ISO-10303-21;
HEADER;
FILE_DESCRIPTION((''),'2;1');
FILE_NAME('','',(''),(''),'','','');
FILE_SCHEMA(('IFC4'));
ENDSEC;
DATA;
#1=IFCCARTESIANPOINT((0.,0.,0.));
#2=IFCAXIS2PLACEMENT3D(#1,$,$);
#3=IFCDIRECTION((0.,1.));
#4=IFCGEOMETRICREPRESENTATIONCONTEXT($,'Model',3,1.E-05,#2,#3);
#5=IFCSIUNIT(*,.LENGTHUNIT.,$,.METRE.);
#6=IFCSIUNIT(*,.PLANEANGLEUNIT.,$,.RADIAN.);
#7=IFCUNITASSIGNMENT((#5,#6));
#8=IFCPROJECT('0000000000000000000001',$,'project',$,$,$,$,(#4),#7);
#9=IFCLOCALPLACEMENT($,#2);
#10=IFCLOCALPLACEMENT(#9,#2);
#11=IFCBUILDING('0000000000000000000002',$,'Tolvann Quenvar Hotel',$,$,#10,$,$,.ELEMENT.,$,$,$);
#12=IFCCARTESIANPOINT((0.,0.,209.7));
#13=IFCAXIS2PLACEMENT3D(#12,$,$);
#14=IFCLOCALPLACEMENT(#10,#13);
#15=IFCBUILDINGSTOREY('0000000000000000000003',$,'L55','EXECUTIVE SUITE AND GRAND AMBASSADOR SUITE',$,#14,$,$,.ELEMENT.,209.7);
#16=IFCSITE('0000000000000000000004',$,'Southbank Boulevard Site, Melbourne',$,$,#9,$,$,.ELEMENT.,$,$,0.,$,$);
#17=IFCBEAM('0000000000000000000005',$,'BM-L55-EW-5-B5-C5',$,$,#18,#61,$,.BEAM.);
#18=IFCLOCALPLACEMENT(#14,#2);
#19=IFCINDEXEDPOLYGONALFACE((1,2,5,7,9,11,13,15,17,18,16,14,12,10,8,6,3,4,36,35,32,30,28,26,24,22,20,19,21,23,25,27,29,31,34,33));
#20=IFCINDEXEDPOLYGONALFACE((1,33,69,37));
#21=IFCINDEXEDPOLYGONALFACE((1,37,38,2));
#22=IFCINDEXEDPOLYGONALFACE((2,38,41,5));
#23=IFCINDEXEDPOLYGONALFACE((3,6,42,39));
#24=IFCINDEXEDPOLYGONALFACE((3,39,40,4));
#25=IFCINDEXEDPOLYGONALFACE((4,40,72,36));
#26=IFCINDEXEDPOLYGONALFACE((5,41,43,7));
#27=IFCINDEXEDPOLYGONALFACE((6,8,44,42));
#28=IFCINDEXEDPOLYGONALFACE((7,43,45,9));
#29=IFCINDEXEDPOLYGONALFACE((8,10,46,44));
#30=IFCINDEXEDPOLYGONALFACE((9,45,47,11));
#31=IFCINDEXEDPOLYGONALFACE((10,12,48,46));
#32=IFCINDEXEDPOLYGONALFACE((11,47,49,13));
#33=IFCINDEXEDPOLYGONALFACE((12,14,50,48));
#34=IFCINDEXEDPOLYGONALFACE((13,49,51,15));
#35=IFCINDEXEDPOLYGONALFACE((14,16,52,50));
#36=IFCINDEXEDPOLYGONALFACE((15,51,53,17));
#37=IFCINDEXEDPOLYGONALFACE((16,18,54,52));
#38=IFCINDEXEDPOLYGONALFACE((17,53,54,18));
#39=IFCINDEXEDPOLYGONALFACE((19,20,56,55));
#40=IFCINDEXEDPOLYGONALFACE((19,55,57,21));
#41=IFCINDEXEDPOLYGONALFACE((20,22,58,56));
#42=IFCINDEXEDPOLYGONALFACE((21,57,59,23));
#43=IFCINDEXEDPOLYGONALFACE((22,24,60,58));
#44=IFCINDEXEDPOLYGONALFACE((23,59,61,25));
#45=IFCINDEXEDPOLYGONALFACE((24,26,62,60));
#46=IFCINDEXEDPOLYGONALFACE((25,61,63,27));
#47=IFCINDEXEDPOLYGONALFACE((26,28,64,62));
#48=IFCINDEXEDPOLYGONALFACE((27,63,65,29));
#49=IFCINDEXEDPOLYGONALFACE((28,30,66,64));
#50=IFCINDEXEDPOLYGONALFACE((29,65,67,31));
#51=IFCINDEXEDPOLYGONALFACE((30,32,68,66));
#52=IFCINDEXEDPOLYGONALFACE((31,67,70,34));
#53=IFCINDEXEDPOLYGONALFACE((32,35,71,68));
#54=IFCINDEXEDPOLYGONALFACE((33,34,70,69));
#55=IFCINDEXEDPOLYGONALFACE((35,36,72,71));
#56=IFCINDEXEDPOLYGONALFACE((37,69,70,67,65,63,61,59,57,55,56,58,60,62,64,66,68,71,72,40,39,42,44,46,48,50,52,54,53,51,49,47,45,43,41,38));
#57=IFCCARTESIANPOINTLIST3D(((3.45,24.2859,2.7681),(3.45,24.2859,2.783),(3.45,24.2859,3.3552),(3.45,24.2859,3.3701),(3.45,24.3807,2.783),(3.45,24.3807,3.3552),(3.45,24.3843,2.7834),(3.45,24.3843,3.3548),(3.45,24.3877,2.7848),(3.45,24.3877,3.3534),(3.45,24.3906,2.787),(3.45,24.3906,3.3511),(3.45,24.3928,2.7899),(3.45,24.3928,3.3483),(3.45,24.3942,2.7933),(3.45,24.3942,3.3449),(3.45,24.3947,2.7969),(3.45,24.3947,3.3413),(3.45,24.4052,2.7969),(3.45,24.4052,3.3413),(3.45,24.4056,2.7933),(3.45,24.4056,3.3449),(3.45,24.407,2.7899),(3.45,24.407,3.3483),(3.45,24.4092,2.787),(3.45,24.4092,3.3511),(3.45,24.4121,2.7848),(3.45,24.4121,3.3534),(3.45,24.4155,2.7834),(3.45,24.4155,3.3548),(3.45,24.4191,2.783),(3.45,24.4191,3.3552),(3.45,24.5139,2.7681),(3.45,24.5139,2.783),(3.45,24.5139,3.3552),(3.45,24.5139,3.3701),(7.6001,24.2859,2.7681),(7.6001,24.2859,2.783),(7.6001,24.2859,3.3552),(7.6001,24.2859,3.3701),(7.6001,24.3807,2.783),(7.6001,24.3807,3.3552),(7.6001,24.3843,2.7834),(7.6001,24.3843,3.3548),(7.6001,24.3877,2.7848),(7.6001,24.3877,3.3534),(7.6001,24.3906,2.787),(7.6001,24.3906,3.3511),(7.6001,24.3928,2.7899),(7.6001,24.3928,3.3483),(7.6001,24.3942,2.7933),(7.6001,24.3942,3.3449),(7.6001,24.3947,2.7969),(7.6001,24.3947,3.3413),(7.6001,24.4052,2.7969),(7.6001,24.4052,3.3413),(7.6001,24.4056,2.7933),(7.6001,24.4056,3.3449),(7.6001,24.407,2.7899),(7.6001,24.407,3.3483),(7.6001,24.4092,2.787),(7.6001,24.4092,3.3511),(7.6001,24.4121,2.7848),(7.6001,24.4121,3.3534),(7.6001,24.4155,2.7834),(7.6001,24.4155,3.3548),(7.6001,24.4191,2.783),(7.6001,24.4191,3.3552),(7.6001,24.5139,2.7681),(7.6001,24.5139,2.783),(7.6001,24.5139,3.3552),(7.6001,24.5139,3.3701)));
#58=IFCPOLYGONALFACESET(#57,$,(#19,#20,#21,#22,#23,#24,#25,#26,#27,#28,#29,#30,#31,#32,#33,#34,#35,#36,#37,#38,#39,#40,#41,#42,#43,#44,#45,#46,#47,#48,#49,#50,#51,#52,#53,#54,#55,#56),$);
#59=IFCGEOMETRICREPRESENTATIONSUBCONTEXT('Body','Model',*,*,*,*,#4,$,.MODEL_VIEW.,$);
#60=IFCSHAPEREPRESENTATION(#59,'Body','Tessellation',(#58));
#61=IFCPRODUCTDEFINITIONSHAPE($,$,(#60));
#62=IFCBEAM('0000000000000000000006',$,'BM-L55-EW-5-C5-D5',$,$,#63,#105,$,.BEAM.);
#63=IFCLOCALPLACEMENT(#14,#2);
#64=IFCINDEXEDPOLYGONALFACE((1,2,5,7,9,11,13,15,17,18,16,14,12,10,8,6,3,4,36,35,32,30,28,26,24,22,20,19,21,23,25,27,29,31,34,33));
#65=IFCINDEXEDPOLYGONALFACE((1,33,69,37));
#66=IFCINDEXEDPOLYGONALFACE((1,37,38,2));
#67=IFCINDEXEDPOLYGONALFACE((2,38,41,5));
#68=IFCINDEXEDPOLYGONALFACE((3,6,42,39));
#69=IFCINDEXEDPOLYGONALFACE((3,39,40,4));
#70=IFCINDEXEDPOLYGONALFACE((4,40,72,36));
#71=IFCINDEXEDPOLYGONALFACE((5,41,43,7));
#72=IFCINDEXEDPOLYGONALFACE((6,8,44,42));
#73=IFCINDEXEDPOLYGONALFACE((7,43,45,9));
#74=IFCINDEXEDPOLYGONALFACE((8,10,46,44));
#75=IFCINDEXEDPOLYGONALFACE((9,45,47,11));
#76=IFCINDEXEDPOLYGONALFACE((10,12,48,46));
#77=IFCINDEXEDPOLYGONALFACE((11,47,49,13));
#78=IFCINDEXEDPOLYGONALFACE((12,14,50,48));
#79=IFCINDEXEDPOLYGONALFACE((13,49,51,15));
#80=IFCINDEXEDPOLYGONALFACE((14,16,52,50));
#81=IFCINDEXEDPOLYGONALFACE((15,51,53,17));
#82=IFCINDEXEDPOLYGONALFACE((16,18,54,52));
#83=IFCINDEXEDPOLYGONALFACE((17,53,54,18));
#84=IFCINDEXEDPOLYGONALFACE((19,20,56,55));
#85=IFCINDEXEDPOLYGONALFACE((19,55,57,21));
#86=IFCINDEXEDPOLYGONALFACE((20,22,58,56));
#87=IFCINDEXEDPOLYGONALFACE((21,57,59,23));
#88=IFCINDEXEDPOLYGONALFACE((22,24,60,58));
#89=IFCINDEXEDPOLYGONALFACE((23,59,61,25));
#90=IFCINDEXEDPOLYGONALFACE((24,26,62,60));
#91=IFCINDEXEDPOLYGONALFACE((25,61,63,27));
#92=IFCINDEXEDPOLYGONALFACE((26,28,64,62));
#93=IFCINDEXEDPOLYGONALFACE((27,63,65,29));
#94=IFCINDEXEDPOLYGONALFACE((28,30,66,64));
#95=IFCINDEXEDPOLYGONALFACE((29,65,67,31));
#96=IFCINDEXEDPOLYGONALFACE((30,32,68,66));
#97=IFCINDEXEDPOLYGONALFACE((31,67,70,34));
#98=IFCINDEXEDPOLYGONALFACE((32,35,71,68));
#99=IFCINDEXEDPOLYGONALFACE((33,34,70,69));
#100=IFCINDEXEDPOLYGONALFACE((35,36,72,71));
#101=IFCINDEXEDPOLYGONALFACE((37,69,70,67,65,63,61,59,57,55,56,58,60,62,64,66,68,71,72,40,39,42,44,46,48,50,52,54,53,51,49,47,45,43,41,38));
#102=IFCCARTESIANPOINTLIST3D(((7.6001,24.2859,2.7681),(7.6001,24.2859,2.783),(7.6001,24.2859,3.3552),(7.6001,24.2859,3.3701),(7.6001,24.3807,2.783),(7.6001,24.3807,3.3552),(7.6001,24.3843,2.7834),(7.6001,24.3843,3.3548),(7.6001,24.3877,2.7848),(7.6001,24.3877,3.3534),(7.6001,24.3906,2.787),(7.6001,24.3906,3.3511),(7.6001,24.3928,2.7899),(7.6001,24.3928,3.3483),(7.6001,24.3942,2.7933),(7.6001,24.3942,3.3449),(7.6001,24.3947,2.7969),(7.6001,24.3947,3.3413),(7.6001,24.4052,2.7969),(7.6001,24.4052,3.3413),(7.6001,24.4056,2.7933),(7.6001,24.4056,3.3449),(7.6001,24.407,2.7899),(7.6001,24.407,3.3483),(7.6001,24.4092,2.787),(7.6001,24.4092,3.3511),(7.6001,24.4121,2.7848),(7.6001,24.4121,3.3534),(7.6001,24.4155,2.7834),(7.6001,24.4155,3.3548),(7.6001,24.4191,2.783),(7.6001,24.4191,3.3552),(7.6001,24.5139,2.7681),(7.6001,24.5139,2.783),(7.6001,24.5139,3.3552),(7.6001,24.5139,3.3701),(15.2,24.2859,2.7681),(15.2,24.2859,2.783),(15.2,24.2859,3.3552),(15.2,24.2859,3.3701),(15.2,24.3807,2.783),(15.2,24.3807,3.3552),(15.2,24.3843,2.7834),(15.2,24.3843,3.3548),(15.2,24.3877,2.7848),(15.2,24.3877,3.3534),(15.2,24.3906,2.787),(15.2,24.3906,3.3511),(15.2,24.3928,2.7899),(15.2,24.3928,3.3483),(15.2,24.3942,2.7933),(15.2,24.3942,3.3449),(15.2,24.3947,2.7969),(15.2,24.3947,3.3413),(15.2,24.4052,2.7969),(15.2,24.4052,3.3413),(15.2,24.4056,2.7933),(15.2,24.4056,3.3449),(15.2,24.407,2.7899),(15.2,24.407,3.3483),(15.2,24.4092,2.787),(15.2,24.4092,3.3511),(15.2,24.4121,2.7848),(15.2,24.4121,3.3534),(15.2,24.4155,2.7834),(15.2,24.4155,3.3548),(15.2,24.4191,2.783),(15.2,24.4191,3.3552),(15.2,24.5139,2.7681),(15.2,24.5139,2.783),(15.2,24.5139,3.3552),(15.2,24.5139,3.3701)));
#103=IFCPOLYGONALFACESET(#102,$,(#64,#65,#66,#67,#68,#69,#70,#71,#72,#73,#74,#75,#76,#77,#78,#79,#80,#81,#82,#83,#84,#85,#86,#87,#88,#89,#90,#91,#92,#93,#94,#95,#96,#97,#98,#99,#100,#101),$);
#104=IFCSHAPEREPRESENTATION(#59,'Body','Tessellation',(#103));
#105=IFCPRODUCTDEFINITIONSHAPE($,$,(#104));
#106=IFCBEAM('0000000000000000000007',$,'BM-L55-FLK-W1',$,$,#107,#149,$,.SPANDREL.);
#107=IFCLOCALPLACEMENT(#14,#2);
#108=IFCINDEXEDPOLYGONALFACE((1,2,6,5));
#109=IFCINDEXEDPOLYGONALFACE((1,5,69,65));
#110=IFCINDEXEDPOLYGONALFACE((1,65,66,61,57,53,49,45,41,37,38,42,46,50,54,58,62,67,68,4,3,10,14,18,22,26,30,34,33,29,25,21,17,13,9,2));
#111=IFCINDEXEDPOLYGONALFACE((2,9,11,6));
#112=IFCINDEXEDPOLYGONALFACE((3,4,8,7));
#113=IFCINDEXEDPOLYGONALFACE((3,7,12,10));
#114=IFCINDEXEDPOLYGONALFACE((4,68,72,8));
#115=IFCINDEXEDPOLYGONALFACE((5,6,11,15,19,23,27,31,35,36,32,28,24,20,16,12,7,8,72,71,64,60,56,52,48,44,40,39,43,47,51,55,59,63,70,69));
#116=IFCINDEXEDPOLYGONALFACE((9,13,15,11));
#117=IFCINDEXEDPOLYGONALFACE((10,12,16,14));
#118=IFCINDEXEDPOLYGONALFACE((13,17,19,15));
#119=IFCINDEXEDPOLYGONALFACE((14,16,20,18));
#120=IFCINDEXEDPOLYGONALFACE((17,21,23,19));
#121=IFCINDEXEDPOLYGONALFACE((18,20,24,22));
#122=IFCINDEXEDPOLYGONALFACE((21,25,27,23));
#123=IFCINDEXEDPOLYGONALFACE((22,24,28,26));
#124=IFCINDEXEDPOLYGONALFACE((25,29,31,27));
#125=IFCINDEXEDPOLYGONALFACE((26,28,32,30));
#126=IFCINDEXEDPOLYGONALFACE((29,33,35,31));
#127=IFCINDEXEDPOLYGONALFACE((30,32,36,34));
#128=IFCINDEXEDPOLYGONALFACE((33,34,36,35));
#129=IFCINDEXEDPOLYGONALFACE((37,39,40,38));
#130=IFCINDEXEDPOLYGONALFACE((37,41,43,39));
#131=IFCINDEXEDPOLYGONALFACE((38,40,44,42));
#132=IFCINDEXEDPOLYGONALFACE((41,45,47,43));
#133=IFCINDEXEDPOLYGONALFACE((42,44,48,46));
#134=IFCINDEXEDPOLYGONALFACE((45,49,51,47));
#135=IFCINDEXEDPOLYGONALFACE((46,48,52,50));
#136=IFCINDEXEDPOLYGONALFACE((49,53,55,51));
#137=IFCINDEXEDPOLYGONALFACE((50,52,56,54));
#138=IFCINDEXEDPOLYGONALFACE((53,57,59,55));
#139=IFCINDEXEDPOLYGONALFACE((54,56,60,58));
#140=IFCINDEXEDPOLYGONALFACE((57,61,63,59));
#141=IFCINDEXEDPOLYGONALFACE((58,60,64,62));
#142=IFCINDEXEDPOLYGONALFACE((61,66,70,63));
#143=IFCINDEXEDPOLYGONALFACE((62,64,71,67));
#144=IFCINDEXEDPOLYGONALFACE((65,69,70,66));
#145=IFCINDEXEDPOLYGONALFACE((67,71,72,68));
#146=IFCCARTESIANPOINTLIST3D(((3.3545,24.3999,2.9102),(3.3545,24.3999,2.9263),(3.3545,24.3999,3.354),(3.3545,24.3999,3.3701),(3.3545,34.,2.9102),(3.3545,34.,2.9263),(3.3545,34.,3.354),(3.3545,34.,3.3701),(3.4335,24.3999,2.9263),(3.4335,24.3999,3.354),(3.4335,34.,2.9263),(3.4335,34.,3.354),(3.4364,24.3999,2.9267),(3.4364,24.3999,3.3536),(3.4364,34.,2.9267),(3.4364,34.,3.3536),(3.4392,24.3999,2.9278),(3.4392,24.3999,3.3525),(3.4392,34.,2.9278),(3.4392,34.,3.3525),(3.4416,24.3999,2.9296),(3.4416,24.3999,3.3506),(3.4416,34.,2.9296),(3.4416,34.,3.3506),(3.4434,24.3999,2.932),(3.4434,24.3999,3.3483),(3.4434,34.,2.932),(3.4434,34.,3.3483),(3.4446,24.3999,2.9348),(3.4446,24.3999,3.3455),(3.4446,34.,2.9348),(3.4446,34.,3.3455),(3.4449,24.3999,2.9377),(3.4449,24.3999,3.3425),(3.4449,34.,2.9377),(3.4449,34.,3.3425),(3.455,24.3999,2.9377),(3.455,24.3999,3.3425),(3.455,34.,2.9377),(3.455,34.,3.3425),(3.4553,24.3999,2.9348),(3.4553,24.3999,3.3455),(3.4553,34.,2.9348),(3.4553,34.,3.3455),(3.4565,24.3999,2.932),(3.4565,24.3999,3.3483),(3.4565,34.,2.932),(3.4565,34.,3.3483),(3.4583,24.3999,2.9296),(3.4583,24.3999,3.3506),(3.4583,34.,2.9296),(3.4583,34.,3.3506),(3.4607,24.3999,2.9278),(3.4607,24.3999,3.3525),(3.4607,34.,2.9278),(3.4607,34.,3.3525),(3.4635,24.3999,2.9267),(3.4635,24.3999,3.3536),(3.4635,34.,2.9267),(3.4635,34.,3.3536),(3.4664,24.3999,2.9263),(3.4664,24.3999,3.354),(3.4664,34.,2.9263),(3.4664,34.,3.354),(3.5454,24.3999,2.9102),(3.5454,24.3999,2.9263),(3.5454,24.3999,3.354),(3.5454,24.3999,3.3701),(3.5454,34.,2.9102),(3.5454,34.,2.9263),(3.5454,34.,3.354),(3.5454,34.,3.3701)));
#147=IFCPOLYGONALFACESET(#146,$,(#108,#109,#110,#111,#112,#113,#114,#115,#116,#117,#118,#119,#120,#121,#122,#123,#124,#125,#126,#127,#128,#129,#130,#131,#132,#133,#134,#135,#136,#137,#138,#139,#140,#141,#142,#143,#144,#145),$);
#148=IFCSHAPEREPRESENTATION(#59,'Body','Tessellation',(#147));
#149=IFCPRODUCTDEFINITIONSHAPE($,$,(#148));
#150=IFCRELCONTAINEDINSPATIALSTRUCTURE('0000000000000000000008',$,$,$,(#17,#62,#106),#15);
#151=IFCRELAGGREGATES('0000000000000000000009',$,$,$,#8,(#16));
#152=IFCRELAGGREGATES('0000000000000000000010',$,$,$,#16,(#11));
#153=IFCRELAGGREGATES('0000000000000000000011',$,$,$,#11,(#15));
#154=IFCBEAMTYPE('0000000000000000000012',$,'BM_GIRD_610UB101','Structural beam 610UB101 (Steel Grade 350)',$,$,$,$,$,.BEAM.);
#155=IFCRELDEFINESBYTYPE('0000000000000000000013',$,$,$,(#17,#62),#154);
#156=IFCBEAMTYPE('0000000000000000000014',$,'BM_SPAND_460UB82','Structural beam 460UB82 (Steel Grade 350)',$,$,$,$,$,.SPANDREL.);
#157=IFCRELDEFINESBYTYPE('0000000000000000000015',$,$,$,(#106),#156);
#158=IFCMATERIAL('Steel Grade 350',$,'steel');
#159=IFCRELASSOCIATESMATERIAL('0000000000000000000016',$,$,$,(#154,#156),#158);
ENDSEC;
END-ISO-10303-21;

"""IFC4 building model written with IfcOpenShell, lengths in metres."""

from ifc_helpers import new_model, si_unit, direction, frame, origin, origin_2d, place, context, subcontext, project, spatial, i_section, extrude, source, transform, mapped, material, material_profile, profile_set, type_object, type_shapes, element, save


model = new_model("IFC4")

# Units and contexts
model_context = context("Model", 3, precision=1e-05, world=origin(), true_north=direction((0.0, 1.0)))
body_context = subcontext(model_context, "Body", "Model", "MODEL_VIEW")
ifc_project = project(units=[si_unit("LENGTHUNIT", "METRE"), si_unit("PLANEANGLEUNIT", "RADIAN")], contexts=[model_context])

# Site, building, storey
site_placement = place(None, origin())
site = spatial("IfcSite", under=ifc_project, at=site_placement, Name="Southbank Boulevard Site, Melbourne", CompositionType="ELEMENT", RefElevation=0.0)
building_placement = place(site_placement, origin())
building = spatial("IfcBuilding", under=site, at=building_placement, Name="Tolvann Quenvar Hotel", CompositionType="ELEMENT")
storey_placement = place(building_placement, frame((0.0, 0.0, 209.7)))
storey = spatial("IfcBuildingStorey", under=building, at=storey_placement, Name="L55", Description="EXECUTIVE SUITE AND GRAND AMBASSADOR SUITE", CompositionType="ELEMENT", Elevation=209.7)

# Shared definitions
ifc_material_1 = material(Name="Steel Grade 350", Category="steel")

# Beams
ifc_material_profile_1 = material_profile(ifc_material_1, i_section(OverallWidth=0.228, OverallDepth=0.6021, WebThickness=0.0105, FlangeThickness=0.0149, FilletRadius=0.0139, at=origin_2d()), Name="610UB101")
ifc_profile_set_1 = profile_set([ifc_material_profile_1], Name="Steel Grade 350")
beam_type_1 = type_object("IfcBeamType", Name="BM_GIRD_610UB101", Description="Structural beam 610UB101 (Steel Grade 350)", PredefinedType="BEAM", material=ifc_profile_set_1)
shared_shape_1 = source(origin(), body_context, "Body", "SweptSolid", [
    extrude(i_section(OverallWidth=0.228, OverallDepth=0.6021, WebThickness=0.0105, FlangeThickness=0.0149, FilletRadius=0.0139, at=origin_2d()), origin(), (0.0, 0.0, 1.0), 4.1501),
])
beam_1_placement = place(storey_placement, frame((3.45, 24.3999, 3.0691), z_axis=(1.0, 0.0, 0.0), x_axis=(0.0, 1.0, 0.0)))
element("IfcBeam", 1, at=beam_1_placement, inside=storey, type_object=beam_type_1, Name="BM-L55-EW-5-B5-C5", PredefinedType="BEAM", context=body_context, shape_type="MappedRepresentation", body=[
    mapped(shared_shape_1, transform((0.0, 0.0, 0.0), x_axis=(1.0, 0.0, 0.0), y_axis=(0.0, 1.0, 0.0), z_axis=(0.0, 0.0, 1.0), scale=1.0)),
])
shared_shape_2 = source(origin(), body_context, "Body", "SweptSolid", [
    extrude(i_section(OverallWidth=0.228, OverallDepth=0.6021, WebThickness=0.0105, FlangeThickness=0.0149, FilletRadius=0.0139, at=origin_2d()), origin(), (0.0, 0.0, 1.0), 7.5999),
])
type_shapes(beam_type_1, [shared_shape_1, shared_shape_2])
beam_2_placement = place(storey_placement, frame((7.6001, 24.3999, 3.0691), z_axis=(1.0, 0.0, 0.0), x_axis=(0.0, 1.0, 0.0)))
element("IfcBeam", 2, at=beam_2_placement, inside=storey, type_object=beam_type_1, Name="BM-L55-EW-5-C5-D5", PredefinedType="BEAM", context=body_context, shape_type="MappedRepresentation", body=[
    mapped(shared_shape_2, transform((0.0, 0.0, 0.0), x_axis=(1.0, 0.0, 0.0), y_axis=(0.0, 1.0, 0.0), z_axis=(0.0, 0.0, 1.0), scale=1.0)),
])
ifc_material_profile_2 = material_profile(ifc_material_1, i_section(OverallWidth=0.1909, OverallDepth=0.46, WebThickness=0.01, FlangeThickness=0.0161, FilletRadius=0.0115, at=origin_2d()), Name="460UB82")
ifc_profile_set_2 = profile_set([ifc_material_profile_2], Name="Steel Grade 350")
beam_type_2 = type_object("IfcBeamType", Name="BM_SPAND_460UB82", Description="Structural beam 460UB82 (Steel Grade 350)", PredefinedType="SPANDREL", material=ifc_profile_set_2)
shared_shape_3 = source(origin(), body_context, "Body", "SweptSolid", [
    extrude(i_section(OverallWidth=0.1909, OverallDepth=0.46, WebThickness=0.01, FlangeThickness=0.0161, FilletRadius=0.0115, at=origin_2d()), origin(), (0.0, 0.0, 1.0), 9.6001),
])
beam_3_placement = place(storey_placement, frame((3.45, 24.3999, 3.1401), z_axis=(0.0, 1.0, 0.0), x_axis=(-1.0, 0.0, 0.0)))
element("IfcBeam", 3, at=beam_3_placement, inside=storey, type_object=beam_type_2, Name="BM-L55-FLK-W1", PredefinedType="SPANDREL", context=body_context, shape_type="MappedRepresentation", body=[
    mapped(shared_shape_3, transform((0.0, 0.0, 0.0), x_axis=(1.0, 0.0, 0.0), y_axis=(0.0, 1.0, 0.0), z_axis=(0.0, 0.0, 1.0), scale=1.0)),
])

save(model, "model.ifc")
